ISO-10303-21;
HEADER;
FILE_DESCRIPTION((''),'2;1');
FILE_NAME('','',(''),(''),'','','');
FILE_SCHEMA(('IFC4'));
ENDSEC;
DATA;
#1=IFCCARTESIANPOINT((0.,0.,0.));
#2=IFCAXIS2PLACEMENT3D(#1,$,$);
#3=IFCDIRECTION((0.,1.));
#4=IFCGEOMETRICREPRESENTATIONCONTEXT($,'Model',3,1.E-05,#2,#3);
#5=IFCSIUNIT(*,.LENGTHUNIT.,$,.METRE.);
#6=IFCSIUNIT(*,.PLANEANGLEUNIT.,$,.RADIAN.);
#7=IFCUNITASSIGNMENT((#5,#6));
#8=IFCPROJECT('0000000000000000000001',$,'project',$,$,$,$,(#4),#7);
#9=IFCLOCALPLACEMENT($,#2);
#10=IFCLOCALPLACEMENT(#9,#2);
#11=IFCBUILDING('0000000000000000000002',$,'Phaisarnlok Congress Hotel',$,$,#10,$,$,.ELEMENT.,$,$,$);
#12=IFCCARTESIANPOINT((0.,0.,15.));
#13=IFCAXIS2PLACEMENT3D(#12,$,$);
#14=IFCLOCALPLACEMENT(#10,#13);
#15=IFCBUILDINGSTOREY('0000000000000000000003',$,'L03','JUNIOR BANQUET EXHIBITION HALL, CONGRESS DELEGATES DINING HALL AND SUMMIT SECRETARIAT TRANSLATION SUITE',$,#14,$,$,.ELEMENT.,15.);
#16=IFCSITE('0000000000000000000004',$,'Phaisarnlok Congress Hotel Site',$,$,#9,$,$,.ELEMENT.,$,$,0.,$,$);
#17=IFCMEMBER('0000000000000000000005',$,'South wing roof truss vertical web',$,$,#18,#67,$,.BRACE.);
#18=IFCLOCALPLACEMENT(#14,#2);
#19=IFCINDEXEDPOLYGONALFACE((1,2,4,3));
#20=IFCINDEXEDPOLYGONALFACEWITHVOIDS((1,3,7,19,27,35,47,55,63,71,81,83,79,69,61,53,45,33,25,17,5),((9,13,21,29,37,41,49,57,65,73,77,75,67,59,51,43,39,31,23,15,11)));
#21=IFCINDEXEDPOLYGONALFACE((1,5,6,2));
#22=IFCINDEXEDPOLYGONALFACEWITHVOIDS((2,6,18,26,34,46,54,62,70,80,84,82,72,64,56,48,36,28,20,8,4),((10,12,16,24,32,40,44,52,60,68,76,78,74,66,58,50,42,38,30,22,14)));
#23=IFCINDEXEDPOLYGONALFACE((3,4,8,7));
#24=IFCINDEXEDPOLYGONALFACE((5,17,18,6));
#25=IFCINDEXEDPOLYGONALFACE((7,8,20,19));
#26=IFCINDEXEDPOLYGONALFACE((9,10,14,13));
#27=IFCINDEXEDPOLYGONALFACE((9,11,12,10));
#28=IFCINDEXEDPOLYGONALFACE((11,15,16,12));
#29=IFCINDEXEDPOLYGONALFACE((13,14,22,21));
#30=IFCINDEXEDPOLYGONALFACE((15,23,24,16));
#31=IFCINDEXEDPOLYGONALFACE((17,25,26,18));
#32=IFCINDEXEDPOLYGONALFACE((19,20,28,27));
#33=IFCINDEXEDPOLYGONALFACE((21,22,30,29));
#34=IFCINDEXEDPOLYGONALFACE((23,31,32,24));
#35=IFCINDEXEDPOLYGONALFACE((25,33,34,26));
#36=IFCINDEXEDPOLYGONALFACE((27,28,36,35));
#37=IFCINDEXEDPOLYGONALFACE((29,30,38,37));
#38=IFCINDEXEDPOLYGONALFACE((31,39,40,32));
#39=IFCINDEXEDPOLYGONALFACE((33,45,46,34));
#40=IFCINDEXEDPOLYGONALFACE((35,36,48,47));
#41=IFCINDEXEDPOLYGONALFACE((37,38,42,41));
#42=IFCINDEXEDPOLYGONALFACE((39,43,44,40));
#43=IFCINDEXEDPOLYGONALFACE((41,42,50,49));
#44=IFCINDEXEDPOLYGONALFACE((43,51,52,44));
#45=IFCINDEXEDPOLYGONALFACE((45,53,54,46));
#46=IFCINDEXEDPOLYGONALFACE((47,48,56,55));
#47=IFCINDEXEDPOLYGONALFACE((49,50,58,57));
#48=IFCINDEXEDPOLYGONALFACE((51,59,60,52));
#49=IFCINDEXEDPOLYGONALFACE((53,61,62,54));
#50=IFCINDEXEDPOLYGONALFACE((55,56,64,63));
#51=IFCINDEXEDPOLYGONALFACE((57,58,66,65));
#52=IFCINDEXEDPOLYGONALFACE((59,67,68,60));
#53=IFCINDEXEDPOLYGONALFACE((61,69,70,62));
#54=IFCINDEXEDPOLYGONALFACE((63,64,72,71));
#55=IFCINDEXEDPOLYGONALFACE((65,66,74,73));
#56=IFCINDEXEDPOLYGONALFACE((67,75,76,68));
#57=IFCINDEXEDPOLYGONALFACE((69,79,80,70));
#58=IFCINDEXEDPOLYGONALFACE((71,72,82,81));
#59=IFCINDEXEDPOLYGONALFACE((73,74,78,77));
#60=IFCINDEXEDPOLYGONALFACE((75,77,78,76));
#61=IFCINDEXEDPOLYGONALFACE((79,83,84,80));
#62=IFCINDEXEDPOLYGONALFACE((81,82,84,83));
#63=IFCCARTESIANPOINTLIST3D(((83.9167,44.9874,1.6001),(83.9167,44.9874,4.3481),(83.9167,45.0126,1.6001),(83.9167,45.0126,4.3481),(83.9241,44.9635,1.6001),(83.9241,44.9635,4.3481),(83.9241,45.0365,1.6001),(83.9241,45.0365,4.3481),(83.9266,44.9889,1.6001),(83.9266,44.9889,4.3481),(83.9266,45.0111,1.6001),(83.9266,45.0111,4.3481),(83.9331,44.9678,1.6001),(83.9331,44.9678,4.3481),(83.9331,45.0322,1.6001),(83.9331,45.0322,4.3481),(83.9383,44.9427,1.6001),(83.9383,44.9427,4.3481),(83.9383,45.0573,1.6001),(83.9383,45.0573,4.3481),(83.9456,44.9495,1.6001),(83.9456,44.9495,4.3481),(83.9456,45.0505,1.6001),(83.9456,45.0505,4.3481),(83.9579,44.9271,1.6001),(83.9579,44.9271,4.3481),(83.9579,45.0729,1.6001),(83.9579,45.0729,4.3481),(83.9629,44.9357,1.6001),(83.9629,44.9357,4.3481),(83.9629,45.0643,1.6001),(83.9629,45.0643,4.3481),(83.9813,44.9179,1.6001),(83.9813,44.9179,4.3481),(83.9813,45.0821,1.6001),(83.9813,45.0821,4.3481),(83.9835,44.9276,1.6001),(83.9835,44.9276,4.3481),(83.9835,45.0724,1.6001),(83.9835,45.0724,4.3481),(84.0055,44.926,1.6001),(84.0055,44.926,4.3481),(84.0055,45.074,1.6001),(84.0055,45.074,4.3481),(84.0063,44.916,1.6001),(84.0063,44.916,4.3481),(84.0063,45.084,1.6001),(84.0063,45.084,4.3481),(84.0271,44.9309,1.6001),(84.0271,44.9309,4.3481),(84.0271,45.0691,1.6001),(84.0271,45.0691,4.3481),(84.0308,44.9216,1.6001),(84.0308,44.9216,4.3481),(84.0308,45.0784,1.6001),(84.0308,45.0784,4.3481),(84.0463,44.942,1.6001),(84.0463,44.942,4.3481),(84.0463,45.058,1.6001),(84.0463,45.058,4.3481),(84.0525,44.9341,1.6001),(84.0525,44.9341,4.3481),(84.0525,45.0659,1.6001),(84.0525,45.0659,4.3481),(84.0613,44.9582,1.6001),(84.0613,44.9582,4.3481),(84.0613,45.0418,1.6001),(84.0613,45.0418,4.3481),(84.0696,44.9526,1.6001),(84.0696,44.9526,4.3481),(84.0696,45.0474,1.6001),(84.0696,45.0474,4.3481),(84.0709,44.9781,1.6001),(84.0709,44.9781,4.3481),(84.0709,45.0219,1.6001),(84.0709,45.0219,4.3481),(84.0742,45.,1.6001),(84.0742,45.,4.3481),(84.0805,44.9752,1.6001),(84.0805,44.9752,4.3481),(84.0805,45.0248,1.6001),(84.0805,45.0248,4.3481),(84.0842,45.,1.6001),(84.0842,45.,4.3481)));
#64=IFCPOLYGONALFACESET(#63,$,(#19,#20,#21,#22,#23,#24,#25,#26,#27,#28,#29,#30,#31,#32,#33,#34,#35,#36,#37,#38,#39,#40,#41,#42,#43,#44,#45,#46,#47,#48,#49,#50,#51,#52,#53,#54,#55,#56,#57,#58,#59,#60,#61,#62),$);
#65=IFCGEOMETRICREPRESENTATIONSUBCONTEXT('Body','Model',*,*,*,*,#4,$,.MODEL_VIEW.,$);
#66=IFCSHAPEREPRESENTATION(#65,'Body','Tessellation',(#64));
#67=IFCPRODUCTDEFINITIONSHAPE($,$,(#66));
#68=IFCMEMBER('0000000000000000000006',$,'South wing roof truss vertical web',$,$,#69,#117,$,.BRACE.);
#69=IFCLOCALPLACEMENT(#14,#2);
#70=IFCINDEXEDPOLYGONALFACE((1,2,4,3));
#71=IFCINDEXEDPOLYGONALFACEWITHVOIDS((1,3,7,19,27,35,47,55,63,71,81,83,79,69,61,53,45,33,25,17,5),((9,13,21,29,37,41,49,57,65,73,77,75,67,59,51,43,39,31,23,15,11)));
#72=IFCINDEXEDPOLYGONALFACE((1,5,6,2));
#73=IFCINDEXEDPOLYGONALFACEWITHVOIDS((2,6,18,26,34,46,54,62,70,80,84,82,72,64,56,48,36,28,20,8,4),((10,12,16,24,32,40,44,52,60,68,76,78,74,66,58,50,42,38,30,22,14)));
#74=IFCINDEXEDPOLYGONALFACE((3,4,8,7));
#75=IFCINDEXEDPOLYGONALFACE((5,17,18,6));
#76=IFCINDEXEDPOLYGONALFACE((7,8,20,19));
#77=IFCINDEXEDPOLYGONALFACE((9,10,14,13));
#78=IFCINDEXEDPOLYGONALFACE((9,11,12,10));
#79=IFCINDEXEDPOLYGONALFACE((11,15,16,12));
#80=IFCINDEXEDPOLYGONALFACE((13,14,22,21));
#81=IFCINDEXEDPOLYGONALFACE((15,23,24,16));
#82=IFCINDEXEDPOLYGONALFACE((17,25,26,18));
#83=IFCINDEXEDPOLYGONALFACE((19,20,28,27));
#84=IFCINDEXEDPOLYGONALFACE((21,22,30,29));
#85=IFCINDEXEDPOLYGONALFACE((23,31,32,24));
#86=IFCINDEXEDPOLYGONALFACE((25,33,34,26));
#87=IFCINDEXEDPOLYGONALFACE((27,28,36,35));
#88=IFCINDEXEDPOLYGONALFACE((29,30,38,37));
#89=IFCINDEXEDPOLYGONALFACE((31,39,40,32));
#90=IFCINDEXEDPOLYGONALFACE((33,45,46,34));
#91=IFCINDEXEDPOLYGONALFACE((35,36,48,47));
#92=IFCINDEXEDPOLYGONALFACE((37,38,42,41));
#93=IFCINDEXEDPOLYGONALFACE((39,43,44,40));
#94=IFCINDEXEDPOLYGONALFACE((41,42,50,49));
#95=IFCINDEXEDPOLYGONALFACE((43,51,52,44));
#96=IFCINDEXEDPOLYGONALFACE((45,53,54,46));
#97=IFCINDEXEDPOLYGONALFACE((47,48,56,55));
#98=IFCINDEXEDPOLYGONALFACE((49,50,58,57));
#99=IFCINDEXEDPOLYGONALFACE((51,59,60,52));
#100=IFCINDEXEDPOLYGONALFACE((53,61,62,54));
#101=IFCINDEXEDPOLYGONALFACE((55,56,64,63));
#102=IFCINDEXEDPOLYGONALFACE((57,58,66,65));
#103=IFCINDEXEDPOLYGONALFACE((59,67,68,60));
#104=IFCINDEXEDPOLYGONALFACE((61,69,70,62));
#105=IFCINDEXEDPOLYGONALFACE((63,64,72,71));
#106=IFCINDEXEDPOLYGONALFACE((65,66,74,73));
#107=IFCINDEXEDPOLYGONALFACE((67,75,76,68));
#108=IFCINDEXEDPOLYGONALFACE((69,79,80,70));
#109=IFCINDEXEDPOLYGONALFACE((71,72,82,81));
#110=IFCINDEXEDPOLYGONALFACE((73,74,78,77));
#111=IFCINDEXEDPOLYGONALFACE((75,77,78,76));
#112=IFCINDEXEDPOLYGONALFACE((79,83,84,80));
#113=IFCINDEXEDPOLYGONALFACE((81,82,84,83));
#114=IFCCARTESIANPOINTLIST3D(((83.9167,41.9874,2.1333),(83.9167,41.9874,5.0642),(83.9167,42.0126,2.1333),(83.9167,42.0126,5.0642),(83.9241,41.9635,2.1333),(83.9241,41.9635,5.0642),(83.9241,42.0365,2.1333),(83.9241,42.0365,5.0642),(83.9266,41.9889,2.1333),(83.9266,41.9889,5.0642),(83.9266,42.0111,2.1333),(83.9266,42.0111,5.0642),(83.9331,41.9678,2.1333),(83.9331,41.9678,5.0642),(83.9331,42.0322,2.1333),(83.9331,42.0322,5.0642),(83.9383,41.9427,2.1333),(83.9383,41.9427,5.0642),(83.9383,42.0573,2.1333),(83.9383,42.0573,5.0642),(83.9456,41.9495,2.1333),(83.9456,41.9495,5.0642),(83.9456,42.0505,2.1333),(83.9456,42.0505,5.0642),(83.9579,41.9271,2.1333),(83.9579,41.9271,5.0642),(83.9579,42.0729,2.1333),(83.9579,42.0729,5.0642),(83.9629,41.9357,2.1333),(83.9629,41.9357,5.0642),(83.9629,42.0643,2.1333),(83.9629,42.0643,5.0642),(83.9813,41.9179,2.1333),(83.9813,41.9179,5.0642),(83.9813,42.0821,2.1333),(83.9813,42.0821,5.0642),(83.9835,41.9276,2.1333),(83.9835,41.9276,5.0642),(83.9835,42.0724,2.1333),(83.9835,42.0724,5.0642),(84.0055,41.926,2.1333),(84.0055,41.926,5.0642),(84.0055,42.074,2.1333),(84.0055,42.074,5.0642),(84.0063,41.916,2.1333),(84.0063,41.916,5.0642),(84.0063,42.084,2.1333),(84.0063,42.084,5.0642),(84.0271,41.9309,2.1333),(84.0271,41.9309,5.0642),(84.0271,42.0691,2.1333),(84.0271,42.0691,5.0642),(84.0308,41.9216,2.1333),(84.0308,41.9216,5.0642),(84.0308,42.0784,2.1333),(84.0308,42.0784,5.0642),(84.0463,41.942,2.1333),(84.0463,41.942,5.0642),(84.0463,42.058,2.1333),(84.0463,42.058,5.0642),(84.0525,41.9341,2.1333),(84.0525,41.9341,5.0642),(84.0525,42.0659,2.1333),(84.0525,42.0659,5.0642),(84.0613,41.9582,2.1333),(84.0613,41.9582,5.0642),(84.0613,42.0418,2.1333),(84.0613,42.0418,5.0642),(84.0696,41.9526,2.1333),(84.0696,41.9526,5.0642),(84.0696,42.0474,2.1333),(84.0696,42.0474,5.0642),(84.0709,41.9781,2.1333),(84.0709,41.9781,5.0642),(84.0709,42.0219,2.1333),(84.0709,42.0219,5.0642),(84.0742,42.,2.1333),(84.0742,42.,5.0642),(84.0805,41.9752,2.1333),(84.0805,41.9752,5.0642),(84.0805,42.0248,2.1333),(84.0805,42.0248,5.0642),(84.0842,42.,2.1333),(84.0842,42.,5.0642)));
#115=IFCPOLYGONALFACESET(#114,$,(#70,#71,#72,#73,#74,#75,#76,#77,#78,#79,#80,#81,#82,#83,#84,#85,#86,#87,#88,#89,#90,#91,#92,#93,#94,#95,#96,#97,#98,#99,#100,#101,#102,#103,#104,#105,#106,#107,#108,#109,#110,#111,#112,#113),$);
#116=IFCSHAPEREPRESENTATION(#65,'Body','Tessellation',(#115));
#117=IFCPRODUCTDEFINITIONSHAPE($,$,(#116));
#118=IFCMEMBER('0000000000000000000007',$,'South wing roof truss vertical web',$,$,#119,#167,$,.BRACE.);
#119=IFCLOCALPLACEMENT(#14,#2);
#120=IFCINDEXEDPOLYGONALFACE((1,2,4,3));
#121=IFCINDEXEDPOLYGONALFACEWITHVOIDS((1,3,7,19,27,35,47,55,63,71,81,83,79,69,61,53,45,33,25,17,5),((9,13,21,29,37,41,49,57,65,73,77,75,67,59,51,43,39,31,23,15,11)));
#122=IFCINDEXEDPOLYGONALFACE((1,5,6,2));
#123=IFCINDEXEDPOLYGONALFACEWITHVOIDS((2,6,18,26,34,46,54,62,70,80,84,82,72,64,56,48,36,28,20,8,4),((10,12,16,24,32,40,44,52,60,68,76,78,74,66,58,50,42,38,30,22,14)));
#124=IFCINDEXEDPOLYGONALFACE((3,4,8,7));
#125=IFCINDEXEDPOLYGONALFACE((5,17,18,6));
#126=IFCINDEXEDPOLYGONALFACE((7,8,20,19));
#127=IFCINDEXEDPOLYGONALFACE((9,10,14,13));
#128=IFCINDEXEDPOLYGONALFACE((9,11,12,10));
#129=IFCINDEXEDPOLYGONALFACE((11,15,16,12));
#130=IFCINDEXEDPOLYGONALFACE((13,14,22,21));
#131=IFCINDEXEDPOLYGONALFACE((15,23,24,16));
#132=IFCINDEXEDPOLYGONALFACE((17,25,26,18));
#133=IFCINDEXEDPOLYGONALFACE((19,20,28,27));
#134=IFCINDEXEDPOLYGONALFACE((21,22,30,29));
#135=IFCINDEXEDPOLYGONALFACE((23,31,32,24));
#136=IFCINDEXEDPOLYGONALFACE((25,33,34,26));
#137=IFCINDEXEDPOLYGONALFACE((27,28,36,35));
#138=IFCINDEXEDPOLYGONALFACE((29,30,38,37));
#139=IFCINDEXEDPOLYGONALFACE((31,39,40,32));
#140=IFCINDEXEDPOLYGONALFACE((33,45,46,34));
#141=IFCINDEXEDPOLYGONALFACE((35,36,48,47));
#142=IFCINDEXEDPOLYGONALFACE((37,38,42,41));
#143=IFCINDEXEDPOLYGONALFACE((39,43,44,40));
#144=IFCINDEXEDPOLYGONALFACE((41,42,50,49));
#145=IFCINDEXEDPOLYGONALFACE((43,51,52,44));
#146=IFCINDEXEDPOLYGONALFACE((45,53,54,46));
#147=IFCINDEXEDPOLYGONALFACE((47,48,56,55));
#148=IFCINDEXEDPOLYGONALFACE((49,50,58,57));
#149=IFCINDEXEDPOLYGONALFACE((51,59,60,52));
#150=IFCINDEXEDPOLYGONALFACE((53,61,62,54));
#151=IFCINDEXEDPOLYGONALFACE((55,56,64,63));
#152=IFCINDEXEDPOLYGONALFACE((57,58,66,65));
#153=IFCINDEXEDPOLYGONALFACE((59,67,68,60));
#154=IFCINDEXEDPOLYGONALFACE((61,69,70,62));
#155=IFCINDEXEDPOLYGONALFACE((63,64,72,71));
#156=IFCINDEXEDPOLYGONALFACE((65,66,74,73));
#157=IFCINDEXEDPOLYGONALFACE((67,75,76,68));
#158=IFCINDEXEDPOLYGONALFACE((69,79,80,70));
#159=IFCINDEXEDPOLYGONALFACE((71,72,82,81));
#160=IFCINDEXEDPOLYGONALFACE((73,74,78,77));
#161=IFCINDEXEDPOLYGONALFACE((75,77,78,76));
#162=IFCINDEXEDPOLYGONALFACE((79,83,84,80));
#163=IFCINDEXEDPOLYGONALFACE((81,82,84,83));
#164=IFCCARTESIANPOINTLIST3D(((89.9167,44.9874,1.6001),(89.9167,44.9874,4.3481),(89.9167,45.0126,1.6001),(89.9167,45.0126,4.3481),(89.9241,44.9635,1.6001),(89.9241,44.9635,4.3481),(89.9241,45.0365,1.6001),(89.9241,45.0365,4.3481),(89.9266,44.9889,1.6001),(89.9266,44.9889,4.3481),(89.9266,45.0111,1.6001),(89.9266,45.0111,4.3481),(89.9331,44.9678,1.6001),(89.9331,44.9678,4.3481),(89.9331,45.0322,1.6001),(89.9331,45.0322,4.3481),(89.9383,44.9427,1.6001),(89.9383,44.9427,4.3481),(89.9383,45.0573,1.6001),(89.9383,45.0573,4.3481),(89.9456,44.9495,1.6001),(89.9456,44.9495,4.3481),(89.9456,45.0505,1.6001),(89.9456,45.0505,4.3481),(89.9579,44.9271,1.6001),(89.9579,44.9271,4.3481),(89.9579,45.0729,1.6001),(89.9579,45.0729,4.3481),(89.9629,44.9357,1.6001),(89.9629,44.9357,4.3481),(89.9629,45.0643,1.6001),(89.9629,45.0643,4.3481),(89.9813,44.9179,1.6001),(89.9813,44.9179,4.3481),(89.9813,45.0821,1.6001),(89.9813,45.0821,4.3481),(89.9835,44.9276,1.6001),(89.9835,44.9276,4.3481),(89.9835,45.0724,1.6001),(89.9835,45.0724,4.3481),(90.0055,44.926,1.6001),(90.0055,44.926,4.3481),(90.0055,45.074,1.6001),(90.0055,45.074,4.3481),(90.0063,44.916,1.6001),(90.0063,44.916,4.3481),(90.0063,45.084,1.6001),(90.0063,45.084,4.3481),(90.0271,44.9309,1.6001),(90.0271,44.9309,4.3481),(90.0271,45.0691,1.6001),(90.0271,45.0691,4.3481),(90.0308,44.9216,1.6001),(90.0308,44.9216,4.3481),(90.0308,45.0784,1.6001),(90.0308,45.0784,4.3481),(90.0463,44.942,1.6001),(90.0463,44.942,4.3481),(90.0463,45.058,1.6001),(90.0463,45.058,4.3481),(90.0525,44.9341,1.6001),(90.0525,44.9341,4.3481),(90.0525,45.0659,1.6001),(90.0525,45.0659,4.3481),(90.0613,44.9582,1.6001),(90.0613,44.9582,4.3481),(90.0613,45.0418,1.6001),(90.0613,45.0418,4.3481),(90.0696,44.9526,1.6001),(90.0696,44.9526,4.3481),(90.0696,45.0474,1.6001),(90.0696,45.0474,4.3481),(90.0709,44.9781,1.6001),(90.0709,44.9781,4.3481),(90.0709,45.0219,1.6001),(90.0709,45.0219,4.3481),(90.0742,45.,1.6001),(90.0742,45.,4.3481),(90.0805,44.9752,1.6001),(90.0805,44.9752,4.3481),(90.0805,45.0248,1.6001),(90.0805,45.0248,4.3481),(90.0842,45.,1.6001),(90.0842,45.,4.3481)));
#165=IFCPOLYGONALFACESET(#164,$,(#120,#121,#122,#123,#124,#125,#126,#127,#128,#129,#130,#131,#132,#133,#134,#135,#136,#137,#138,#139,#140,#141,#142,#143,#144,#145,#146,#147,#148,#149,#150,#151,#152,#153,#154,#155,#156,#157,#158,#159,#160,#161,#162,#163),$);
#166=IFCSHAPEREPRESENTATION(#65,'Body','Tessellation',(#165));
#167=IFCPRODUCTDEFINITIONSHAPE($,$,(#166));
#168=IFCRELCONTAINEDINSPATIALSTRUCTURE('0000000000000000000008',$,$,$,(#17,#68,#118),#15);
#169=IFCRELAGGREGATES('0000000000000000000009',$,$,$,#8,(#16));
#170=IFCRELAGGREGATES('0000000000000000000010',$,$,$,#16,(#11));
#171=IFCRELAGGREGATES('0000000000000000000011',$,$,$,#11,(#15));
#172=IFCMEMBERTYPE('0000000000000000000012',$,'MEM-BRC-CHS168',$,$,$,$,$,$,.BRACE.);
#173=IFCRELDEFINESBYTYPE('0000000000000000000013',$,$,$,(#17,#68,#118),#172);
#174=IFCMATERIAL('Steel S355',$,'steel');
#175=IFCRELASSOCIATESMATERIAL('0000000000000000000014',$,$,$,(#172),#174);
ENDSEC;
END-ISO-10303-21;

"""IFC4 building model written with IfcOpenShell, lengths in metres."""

from ifc_helpers import new_model, si_unit, direction, frame, origin, origin_2d, place, context, subcontext, project, spatial, hollow_circle, extrude, material, material_profile, profile_set, type_object, element, save


model = new_model("IFC4")

# Units and contexts
model_context = context("Model", 3, precision=1e-05, world=origin(), true_north=direction((0.0, 1.0)))
body_context = subcontext(model_context, "Body", "Model", "MODEL_VIEW")
ifc_project = project(units=[si_unit("LENGTHUNIT", "METRE"), si_unit("PLANEANGLEUNIT", "RADIAN")], contexts=[model_context])

# Site, building, storey
site_placement = place(None, origin())
site = spatial("IfcSite", under=ifc_project, at=site_placement, Name="Phaisarnlok Congress Hotel Site", CompositionType="ELEMENT", RefElevation=0.0)
building_placement = place(site_placement, origin())
building = spatial("IfcBuilding", under=site, at=building_placement, Name="Phaisarnlok Congress Hotel", CompositionType="ELEMENT")
storey_placement = place(building_placement, frame((0.0, 0.0, 15.0)))
storey = spatial("IfcBuildingStorey", under=building, at=storey_placement, Name="L03", Description="JUNIOR BANQUET EXHIBITION HALL, CONGRESS DELEGATES DINING HALL AND SUMMIT SECRETARIAT TRANSLATION SUITE", CompositionType="ELEMENT", Elevation=15.0)

# Shared definitions
ifc_material = material(Name="Steel S355", Category="steel")

# Members
ifc_material_profile_1 = material_profile(ifc_material, hollow_circle(Radius=0.0842, WallThickness=0.01, at=origin_2d()), Name="CHS 168.3x10")
ifc_profile_set_1 = profile_set([ifc_material_profile_1], Name="Steel S355")
member_type_1 = type_object("IfcMemberType", Name="MEM-BRC-CHS168", PredefinedType="BRACE", material=ifc_profile_set_1)
member_1_placement = place(storey_placement, frame((84.0, 45.0, 1.6001), z_axis=(0.0, 0.0, 1.0), x_axis=(1.0, 0.0, 0.0)))
element("IfcMember", 1, at=member_1_placement, inside=storey, type_object=member_type_1, Name="South wing roof truss vertical web", PredefinedType="BRACE", context=body_context, shape_type="SweptSolid", body=[
    extrude(hollow_circle(Radius=0.0842, WallThickness=0.01, at=origin_2d()), origin(), (0.0, 0.0, 1.0), 2.748),
])
member_2_placement = place(storey_placement, frame((84.0, 42.0, 2.1333), z_axis=(0.0, 0.0, 1.0), x_axis=(1.0, 0.0, 0.0)))
element("IfcMember", 2, at=member_2_placement, inside=storey, type_object=member_type_1, Name="South wing roof truss vertical web", PredefinedType="BRACE", context=body_context, shape_type="SweptSolid", body=[
    extrude(hollow_circle(Radius=0.0842, WallThickness=0.01, at=origin_2d()), origin(), (0.0, 0.0, 1.0), 2.9309),
])
member_3_placement = place(storey_placement, frame((90.0, 45.0, 1.6001), z_axis=(0.0, 0.0, 1.0), x_axis=(1.0, 0.0, 0.0)))
element("IfcMember", 3, at=member_3_placement, inside=storey, type_object=member_type_1, Name="South wing roof truss vertical web", PredefinedType="BRACE", context=body_context, shape_type="SweptSolid", body=[
    extrude(hollow_circle(Radius=0.0842, WallThickness=0.01, at=origin_2d()), origin(), (0.0, 0.0, 1.0), 2.748),
])

save(model, "model.ifc")
